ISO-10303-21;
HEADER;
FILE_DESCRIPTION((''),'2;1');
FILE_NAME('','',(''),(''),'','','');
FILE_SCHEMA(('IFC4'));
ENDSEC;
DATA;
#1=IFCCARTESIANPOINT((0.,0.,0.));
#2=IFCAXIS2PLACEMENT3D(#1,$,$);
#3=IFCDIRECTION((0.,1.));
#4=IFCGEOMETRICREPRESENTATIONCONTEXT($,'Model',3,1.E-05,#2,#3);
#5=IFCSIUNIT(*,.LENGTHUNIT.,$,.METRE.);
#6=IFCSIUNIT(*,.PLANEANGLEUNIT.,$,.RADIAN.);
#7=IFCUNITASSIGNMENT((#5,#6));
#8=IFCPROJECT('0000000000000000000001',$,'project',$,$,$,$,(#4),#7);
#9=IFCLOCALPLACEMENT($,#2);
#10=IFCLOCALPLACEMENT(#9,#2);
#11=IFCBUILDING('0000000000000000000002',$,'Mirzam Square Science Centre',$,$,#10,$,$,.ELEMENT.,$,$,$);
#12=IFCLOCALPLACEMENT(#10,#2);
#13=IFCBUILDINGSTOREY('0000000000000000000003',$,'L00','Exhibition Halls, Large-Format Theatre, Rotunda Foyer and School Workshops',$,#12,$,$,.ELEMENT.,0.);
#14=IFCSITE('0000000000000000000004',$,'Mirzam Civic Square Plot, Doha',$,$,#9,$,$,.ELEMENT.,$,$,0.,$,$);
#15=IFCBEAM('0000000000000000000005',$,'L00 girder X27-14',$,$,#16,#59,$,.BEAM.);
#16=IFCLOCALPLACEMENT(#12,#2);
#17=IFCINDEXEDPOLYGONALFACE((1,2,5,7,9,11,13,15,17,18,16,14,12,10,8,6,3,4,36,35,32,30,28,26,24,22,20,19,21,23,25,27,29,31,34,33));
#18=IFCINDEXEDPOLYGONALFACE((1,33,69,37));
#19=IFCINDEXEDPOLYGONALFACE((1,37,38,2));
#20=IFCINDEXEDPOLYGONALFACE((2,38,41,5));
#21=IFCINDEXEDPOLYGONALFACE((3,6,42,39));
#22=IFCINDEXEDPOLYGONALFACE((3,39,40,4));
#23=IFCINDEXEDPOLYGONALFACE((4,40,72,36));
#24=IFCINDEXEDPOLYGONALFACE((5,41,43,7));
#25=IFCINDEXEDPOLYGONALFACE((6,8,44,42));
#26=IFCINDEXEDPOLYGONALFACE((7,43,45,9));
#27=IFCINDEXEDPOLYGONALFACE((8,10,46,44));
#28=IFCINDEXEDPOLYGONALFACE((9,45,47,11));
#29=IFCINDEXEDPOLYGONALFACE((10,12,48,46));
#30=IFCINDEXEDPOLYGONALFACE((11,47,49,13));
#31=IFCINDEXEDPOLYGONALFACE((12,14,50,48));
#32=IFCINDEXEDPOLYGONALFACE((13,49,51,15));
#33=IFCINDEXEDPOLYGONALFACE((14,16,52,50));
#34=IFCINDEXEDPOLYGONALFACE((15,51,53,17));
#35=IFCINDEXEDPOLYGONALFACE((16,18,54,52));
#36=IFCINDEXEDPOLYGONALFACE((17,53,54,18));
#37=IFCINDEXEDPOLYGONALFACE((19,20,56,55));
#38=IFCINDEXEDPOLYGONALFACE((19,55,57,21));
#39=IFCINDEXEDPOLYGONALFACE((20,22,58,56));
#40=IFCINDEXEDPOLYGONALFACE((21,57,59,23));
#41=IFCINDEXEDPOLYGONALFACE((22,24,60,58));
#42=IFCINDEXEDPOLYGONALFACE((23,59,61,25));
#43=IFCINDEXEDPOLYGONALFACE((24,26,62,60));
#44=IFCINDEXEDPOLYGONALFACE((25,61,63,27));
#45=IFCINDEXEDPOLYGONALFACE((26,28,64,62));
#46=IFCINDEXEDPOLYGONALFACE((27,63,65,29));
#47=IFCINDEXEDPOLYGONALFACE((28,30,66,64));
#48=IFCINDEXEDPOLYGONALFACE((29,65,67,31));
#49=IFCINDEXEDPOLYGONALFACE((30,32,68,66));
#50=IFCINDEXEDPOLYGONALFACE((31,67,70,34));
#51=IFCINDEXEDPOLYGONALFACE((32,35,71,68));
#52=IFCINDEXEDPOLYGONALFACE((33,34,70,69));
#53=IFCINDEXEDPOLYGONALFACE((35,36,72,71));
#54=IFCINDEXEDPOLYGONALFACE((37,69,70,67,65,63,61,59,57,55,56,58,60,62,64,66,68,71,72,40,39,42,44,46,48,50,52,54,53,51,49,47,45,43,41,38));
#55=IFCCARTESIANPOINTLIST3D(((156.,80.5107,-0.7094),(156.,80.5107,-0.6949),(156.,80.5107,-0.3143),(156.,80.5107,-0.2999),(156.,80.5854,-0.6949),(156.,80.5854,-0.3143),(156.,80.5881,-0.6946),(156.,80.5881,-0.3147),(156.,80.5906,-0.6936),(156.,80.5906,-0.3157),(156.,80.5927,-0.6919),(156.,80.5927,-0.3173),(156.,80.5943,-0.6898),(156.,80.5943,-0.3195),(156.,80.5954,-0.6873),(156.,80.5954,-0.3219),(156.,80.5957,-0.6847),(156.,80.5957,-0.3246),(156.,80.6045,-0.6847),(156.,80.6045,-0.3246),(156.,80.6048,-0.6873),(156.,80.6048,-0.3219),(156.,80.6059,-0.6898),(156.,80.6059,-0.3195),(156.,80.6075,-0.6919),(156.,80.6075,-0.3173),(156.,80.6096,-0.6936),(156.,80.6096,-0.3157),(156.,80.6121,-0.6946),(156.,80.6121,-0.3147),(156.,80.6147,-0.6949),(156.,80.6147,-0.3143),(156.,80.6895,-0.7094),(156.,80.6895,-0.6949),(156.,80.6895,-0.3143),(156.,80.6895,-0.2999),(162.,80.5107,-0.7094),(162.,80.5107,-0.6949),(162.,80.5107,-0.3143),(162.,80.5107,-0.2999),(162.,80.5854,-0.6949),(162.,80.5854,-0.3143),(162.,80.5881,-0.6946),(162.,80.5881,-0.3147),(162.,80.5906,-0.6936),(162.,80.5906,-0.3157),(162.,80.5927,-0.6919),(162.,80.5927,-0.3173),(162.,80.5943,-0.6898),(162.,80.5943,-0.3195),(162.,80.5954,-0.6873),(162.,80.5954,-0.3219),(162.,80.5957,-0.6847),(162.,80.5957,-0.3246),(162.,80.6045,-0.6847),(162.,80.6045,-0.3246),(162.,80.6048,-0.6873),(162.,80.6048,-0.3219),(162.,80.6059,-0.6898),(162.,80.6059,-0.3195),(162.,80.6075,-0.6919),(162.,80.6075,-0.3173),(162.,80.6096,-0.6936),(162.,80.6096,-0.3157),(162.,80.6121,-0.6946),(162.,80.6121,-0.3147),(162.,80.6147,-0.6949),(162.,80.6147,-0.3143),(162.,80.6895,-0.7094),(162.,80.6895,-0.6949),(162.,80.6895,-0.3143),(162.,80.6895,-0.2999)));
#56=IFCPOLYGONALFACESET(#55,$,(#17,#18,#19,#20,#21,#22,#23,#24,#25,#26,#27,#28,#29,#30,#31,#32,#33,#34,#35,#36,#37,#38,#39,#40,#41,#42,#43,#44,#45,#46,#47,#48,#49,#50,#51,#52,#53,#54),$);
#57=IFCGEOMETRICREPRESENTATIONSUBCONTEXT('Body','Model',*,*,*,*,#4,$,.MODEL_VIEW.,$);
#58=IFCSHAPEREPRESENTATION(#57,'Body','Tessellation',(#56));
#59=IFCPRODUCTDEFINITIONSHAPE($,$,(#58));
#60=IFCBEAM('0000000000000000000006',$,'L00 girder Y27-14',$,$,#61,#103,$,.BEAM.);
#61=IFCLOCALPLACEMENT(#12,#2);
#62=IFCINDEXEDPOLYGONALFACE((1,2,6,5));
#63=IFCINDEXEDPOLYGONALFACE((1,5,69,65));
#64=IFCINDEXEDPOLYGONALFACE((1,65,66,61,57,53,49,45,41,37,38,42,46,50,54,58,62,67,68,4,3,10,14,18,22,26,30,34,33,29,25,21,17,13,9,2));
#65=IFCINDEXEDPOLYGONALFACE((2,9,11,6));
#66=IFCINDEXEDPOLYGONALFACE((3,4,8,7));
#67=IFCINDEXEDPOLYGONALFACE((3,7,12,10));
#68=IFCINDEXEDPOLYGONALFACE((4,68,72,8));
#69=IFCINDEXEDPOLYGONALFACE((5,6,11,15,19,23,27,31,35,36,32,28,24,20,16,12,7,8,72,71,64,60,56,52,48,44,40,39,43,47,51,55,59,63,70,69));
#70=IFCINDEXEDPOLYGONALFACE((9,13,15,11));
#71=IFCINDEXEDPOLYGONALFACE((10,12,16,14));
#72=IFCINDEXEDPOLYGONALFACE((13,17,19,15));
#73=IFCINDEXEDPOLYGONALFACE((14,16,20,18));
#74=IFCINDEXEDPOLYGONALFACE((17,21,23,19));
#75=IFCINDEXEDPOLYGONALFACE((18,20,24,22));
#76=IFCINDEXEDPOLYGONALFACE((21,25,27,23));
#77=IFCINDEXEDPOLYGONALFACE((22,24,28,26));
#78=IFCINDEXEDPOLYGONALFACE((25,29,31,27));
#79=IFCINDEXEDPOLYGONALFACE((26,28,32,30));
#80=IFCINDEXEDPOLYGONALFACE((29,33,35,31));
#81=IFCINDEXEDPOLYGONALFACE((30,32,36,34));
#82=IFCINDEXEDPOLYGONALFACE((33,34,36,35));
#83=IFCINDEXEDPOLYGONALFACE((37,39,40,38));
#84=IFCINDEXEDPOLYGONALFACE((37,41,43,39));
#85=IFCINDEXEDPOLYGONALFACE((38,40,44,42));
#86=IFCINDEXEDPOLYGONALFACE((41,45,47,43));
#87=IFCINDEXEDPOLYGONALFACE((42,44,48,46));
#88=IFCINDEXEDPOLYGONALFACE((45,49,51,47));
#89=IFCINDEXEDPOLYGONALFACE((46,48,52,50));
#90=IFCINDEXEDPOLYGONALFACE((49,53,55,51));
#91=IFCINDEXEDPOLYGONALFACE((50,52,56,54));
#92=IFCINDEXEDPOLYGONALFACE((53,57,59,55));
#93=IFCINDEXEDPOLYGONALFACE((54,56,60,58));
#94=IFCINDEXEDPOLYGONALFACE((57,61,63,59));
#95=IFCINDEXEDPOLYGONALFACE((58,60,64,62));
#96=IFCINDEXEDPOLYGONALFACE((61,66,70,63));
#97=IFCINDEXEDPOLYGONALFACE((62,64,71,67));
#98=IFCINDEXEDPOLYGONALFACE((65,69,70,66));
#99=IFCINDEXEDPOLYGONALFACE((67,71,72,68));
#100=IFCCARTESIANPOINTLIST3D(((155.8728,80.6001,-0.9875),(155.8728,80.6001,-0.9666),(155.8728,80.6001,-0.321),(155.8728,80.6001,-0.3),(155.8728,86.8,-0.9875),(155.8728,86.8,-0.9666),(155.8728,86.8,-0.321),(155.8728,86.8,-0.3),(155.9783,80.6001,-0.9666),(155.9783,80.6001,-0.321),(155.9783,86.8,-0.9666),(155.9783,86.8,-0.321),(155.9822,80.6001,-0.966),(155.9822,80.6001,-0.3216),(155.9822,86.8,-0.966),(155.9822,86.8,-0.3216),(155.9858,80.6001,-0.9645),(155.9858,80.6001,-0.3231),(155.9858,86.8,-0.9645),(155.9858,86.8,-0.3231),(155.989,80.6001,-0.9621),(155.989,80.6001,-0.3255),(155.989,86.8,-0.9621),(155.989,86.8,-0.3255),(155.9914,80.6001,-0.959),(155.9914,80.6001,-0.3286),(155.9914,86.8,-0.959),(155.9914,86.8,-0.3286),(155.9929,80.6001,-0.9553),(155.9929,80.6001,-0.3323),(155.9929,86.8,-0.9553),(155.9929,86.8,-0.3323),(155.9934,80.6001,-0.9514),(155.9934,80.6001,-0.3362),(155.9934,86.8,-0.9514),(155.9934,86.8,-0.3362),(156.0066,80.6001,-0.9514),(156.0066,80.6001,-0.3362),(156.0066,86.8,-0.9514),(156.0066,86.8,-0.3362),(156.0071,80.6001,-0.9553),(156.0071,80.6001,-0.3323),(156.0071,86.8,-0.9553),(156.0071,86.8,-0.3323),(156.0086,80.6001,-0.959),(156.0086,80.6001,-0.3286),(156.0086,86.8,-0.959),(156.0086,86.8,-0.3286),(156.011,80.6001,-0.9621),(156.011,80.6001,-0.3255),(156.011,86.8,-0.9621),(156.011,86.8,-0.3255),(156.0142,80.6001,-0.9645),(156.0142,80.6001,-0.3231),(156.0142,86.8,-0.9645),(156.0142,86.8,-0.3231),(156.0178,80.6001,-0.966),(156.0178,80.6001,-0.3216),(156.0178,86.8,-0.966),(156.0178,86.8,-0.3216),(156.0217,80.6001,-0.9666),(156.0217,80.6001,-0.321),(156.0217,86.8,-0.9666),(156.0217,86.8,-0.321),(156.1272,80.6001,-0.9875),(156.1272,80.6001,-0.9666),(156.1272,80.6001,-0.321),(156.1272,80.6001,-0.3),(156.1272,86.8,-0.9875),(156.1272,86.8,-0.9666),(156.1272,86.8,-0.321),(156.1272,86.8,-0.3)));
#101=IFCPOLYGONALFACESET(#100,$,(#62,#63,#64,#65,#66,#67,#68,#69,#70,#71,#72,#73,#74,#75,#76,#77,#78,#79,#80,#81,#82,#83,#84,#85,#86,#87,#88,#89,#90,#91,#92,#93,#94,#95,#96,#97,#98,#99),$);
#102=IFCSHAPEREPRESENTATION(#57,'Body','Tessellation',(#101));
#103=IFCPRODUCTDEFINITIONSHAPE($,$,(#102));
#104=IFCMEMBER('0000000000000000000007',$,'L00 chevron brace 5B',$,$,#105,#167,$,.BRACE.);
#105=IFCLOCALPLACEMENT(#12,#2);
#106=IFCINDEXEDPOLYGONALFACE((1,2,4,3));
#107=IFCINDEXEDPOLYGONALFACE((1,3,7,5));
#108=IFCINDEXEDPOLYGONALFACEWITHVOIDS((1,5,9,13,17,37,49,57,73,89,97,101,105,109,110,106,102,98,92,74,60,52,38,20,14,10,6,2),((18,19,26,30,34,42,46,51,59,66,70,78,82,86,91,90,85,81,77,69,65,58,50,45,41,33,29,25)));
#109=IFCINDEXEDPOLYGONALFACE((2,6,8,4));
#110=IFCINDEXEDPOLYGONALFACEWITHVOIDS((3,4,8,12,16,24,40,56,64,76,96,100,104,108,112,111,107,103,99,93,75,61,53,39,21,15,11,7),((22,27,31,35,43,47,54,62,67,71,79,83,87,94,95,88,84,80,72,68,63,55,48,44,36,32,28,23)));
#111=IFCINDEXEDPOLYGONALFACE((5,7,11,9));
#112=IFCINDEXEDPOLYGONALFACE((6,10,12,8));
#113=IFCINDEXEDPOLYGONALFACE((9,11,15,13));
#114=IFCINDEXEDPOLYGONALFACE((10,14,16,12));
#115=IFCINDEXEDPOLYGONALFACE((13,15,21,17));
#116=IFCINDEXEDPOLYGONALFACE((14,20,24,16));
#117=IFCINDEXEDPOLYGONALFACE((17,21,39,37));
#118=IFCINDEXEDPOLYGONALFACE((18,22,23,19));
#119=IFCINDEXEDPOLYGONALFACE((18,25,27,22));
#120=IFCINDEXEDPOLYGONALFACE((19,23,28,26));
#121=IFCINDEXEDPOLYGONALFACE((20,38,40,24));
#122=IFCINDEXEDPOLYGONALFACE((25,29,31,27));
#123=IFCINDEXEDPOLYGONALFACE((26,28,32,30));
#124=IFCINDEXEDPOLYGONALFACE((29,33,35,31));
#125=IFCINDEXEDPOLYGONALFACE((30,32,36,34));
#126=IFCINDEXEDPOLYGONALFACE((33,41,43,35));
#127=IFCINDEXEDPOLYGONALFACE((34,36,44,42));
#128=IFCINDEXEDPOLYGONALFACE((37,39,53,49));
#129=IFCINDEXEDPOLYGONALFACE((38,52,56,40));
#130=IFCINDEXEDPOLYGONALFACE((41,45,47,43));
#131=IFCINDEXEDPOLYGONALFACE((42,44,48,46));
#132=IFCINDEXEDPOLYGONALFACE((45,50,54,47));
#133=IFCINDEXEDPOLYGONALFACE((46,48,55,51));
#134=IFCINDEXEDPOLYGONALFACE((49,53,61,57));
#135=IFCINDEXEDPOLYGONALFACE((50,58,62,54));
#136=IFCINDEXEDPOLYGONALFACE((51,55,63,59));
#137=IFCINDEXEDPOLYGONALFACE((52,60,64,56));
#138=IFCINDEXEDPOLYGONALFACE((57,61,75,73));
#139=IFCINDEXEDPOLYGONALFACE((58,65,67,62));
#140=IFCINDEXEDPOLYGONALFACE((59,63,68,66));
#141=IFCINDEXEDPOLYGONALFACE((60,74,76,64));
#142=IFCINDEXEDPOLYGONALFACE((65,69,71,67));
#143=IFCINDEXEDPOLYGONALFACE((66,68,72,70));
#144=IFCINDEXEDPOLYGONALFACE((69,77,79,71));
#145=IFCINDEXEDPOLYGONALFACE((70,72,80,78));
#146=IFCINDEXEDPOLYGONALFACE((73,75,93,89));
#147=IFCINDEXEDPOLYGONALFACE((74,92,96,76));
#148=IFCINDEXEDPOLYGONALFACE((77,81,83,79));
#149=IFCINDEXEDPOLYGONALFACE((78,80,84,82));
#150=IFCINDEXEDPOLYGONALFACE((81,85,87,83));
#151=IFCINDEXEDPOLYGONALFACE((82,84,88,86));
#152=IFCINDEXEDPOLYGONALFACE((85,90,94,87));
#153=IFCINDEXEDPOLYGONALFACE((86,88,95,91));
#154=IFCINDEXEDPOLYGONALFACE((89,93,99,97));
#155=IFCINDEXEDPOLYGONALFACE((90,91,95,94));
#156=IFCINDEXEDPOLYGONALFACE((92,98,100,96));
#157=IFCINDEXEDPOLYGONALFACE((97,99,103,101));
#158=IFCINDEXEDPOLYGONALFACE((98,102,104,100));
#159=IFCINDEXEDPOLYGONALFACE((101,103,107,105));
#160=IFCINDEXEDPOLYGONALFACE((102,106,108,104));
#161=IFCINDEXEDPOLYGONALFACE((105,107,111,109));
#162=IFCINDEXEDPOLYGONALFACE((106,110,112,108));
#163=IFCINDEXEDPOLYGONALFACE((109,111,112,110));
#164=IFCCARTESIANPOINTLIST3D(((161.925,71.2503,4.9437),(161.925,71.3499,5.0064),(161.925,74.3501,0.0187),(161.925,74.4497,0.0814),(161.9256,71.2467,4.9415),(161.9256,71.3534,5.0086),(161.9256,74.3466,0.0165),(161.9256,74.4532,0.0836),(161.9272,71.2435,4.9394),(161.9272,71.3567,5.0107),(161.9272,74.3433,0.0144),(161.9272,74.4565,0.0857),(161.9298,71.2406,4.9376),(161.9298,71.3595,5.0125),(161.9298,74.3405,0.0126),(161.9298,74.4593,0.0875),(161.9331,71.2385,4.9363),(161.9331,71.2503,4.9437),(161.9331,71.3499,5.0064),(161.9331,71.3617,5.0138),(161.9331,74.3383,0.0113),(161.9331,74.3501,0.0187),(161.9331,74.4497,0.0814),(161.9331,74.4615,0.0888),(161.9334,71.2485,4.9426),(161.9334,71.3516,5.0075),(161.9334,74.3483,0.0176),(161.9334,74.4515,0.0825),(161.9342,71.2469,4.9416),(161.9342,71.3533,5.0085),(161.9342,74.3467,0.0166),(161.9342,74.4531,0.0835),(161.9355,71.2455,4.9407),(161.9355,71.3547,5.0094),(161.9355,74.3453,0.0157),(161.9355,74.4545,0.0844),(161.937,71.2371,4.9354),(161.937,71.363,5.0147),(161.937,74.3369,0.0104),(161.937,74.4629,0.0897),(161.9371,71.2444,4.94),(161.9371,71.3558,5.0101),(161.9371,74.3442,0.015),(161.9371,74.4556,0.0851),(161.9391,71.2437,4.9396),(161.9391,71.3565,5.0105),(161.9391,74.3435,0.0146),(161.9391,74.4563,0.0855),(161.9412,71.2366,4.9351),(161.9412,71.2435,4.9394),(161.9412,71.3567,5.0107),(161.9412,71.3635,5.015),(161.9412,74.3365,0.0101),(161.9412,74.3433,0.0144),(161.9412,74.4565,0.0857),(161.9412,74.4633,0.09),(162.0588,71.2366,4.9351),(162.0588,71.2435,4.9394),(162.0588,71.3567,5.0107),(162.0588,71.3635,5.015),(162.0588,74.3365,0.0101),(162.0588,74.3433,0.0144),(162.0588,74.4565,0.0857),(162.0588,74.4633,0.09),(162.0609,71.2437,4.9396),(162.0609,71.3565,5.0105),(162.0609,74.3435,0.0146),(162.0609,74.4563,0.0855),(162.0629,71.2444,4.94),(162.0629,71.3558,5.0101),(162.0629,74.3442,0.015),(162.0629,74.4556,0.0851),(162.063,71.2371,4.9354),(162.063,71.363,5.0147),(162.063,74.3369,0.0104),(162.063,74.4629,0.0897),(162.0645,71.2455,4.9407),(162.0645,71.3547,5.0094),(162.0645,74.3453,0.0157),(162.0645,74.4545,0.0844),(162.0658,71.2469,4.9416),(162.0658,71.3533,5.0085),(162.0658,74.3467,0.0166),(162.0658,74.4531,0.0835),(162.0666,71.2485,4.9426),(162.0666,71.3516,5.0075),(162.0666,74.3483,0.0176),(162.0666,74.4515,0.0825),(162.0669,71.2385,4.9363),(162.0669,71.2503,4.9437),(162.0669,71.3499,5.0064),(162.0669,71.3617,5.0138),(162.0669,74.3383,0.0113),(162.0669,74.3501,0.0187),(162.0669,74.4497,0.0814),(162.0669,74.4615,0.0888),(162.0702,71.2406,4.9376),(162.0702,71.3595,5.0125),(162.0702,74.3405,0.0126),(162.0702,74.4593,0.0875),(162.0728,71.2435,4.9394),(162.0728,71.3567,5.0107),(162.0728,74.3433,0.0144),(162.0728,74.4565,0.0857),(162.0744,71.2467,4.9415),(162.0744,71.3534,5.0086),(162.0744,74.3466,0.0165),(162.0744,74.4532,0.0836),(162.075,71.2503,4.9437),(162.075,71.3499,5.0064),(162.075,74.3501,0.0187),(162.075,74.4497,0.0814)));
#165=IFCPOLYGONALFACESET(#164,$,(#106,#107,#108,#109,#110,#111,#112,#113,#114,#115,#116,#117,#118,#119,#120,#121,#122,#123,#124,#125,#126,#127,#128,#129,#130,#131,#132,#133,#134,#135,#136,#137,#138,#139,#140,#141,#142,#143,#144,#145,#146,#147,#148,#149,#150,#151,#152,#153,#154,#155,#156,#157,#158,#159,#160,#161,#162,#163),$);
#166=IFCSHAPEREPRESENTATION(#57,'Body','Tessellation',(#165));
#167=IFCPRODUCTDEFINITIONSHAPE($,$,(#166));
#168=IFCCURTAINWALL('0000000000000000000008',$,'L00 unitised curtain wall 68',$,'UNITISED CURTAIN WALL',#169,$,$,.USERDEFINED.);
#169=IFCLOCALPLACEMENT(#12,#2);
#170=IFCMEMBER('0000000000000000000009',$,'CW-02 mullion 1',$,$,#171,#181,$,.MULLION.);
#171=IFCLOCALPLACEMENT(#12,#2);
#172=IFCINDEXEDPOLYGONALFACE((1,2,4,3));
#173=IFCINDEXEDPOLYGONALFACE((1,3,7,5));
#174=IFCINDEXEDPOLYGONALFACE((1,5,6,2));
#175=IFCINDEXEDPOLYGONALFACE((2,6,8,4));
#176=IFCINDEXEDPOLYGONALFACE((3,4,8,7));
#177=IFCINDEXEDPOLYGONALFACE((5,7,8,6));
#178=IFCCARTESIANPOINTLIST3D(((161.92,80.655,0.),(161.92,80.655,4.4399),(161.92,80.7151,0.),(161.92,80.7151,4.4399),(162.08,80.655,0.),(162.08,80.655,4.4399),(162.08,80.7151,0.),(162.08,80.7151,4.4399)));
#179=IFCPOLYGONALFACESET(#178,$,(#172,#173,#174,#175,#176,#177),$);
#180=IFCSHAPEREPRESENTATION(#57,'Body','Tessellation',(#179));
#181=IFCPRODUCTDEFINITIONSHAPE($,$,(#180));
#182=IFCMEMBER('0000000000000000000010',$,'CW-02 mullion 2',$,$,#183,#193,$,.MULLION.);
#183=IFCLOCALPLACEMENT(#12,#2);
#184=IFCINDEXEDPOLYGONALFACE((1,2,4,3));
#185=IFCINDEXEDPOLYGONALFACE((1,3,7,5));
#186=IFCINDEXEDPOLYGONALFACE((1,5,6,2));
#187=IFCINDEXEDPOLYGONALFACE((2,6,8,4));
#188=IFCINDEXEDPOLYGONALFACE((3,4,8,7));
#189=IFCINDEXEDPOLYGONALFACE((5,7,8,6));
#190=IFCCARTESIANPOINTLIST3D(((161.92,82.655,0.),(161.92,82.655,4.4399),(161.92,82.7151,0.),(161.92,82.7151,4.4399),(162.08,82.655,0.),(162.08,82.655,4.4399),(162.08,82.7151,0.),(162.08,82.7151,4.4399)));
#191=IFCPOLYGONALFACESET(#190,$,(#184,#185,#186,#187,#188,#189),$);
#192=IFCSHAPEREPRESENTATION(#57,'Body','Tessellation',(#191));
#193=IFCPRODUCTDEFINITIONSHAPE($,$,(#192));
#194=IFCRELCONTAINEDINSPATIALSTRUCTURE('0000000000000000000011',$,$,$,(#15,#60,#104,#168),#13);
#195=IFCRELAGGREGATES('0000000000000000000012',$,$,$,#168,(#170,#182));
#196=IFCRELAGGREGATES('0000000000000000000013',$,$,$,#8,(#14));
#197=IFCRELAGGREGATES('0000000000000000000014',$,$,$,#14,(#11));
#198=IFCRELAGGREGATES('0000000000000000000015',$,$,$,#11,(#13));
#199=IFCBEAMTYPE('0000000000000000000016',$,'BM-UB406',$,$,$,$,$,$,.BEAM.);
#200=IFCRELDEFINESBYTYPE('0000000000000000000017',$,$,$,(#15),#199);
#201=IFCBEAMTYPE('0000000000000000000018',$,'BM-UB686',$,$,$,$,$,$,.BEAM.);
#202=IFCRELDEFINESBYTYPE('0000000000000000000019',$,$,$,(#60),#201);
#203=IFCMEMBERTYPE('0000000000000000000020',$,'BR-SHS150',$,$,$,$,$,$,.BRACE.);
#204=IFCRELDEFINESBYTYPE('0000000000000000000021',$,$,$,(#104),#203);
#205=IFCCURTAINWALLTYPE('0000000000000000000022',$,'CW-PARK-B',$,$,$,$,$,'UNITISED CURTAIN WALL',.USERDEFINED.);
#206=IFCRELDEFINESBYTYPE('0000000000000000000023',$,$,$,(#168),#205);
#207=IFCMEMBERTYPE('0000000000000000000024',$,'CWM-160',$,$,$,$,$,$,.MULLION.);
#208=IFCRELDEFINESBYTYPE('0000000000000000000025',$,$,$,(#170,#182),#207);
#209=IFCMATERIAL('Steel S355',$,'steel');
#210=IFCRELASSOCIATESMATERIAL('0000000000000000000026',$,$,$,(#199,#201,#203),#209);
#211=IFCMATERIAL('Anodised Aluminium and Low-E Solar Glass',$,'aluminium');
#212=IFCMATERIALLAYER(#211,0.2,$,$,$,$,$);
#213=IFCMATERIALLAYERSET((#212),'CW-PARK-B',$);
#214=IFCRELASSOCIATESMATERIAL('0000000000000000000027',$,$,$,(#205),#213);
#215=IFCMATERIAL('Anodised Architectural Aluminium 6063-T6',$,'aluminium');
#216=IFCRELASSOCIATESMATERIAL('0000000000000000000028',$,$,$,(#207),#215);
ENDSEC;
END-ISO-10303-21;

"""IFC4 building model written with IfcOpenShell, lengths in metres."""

from ifc_helpers import new_model, si_unit, direction, frame, origin, origin_2d, place, context, subcontext, project, spatial, rectangle, hollow_rectangle, i_section, extrude, material, layer, layer_set, material_profile, profile_set, type_object, element, aggregate, save


model = new_model("IFC4")

# Units and contexts
model_context = context("Model", 3, precision=1e-05, world=origin(), true_north=direction((0.0, 1.0)))
body_context = subcontext(model_context, "Body", "Model", "MODEL_VIEW")
ifc_project = project(units=[si_unit("LENGTHUNIT", "METRE"), si_unit("PLANEANGLEUNIT", "RADIAN")], contexts=[model_context])

# Site, building, storey
site_placement = place(None, origin())
site = spatial("IfcSite", under=ifc_project, at=site_placement, Name="Mirzam Civic Square Plot, Doha", CompositionType="ELEMENT", RefElevation=0.0)
building_placement = place(site_placement, origin())
building = spatial("IfcBuilding", under=site, at=building_placement, Name="Mirzam Square Science Centre", CompositionType="ELEMENT")
storey_placement = place(building_placement, origin())
storey = spatial("IfcBuildingStorey", under=building, at=storey_placement, Name="L00", Description="Exhibition Halls, Large-Format Theatre, Rotunda Foyer and School Workshops", CompositionType="ELEMENT", Elevation=0.0)

# Shared definitions
ifc_material_1 = material(Name="Steel S355", Category="steel")

# Beams
ifc_material_profile_1 = material_profile(ifc_material_1, i_section(OverallWidth=0.1787, OverallDepth=0.4094, WebThickness=0.0088, FlangeThickness=0.0144, FilletRadius=0.0103, at=origin_2d()), Name="406x178x67UB")
ifc_profile_set_1 = profile_set([ifc_material_profile_1], Name="Steel S355")
beam_type_1 = type_object("IfcBeamType", Name="BM-UB406", PredefinedType="BEAM", material=ifc_profile_set_1)
beam_1_placement = place(storey_placement, frame((156.0, 80.6001, -0.5046), z_axis=(1.0, 0.0, 0.0), x_axis=(0.0, 1.0, 0.0)))
element("IfcBeam", 1, at=beam_1_placement, inside=storey, type_object=beam_type_1, Name="L00 girder X27-14", PredefinedType="BEAM", context=body_context, shape_type="SweptSolid", body=[
    extrude(i_section(OverallWidth=0.1787, OverallDepth=0.4094, WebThickness=0.0088, FlangeThickness=0.0144, FilletRadius=0.0103, at=origin_2d()), origin(), (0.0, 0.0, 1.0), 6.0),
])
ifc_material_profile_2 = material_profile(ifc_material_1, i_section(OverallWidth=0.2544, OverallDepth=0.6875, WebThickness=0.0132, FlangeThickness=0.021, FilletRadius=0.0151, at=origin_2d()), Name="686x254x152UB")
ifc_profile_set_2 = profile_set([ifc_material_profile_2], Name="Steel S355")
beam_type_2 = type_object("IfcBeamType", Name="BM-UB686", PredefinedType="BEAM", material=ifc_profile_set_2)
beam_2_placement = place(storey_placement, frame((156.0, 80.6001, -0.6438), z_axis=(0.0, 1.0, 0.0), x_axis=(-1.0, 0.0, 0.0)))
element("IfcBeam", 2, at=beam_2_placement, inside=storey, type_object=beam_type_2, Name="L00 girder Y27-14", PredefinedType="BEAM", context=body_context, shape_type="SweptSolid", body=[
    extrude(i_section(OverallWidth=0.2544, OverallDepth=0.6875, WebThickness=0.0132, FlangeThickness=0.021, FilletRadius=0.0151, at=origin_2d()), origin(), (0.0, 0.0, 1.0), 6.2),
])

# Member
ifc_material_profile_3 = material_profile(ifc_material_1, hollow_rectangle(XDim=0.1499, YDim=0.1499, WallThickness=0.0081, InnerFilletRadius=0.0081, OuterFilletRadius=0.0161, at=origin_2d()), Name="150x150x8.0SHS")
ifc_profile_set_3 = profile_set([ifc_material_profile_3], Name="Steel S355")
member_type_1 = type_object("IfcMemberType", Name="BR-SHS150", PredefinedType="BRACE", material=ifc_profile_set_3)
member_1_placement = place(storey_placement, frame((162.0, 74.3999, 0.05), z_axis=(0.0, -0.532678, 0.846318), x_axis=(1.0, 0.0, 0.0)))
element("IfcMember", 3, at=member_1_placement, inside=storey, type_object=member_type_1, Name="L00 chevron brace 5B", PredefinedType="BRACE", context=body_context, shape_type="SweptSolid", body=[
    extrude(hollow_rectangle(XDim=0.1499, YDim=0.1499, WallThickness=0.0081, InnerFilletRadius=0.0081, OuterFilletRadius=0.0161, at=origin_2d()), origin(), (0.0, 0.0, 1.0), 5.8193),
])

# Curtain wall, members
ifc_material_2 = material(Name="Anodised Aluminium and Low-E Solar Glass", Category="aluminium")
ifc_layer_1 = layer(ifc_material_2, 0.2)
ifc_layer_set_1 = layer_set([ifc_layer_1], Name="CW-PARK-B")
curtain_wall_type = type_object("IfcCurtainWallType", Name="CW-PARK-B", ElementType="UNITISED CURTAIN WALL", PredefinedType="USERDEFINED", material=ifc_layer_set_1)
curtain_wall_placement = place(storey_placement, origin())
curtain_wall = element("IfcCurtainWall", 4, at=curtain_wall_placement, inside=storey, type_object=curtain_wall_type, Name="L00 unitised curtain wall 68", ObjectType="UNITISED CURTAIN WALL", PredefinedType="USERDEFINED")
ifc_material_3 = material(Name="Anodised Architectural Aluminium 6063-T6", Category="aluminium")
ifc_material_profile_4 = material_profile(ifc_material_3, rectangle(XDim=0.0601, YDim=0.1599, at=origin_2d()), Name="ALU-MULL-160x60x4")
ifc_profile_set_4 = profile_set([ifc_material_profile_4], Name="Anodised Architectural Aluminium 6063-T6")
member_type_2 = type_object("IfcMemberType", Name="CWM-160", PredefinedType="MULLION", material=ifc_profile_set_4)
member_2_placement = place(storey_placement, frame((162.0, 80.6851, 0.0), z_axis=(0.0, 0.0, 1.0), x_axis=(0.0, 1.0, 0.0)))
member_2 = element("IfcMember", 5, at=member_2_placement, type_object=member_type_2, Name="CW-02 mullion 1", PredefinedType="MULLION", context=body_context, shape_type="SweptSolid", body=[
    extrude(rectangle(XDim=0.0601, YDim=0.1599, at=origin_2d()), origin(), (0.0, 0.0, 1.0), 4.4399),
])
member_3_placement = place(storey_placement, frame((162.0, 82.6851, 0.0), z_axis=(0.0, 0.0, 1.0), x_axis=(0.0, 1.0, 0.0)))
member_3 = element("IfcMember", 6, at=member_3_placement, type_object=member_type_2, Name="CW-02 mullion 2", PredefinedType="MULLION", context=body_context, shape_type="SweptSolid", body=[
    extrude(rectangle(XDim=0.0601, YDim=0.1599, at=origin_2d()), origin(), (0.0, 0.0, 1.0), 4.4399),
])

aggregate(curtain_wall, [member_2, member_3])

save(model, "model.ifc")
